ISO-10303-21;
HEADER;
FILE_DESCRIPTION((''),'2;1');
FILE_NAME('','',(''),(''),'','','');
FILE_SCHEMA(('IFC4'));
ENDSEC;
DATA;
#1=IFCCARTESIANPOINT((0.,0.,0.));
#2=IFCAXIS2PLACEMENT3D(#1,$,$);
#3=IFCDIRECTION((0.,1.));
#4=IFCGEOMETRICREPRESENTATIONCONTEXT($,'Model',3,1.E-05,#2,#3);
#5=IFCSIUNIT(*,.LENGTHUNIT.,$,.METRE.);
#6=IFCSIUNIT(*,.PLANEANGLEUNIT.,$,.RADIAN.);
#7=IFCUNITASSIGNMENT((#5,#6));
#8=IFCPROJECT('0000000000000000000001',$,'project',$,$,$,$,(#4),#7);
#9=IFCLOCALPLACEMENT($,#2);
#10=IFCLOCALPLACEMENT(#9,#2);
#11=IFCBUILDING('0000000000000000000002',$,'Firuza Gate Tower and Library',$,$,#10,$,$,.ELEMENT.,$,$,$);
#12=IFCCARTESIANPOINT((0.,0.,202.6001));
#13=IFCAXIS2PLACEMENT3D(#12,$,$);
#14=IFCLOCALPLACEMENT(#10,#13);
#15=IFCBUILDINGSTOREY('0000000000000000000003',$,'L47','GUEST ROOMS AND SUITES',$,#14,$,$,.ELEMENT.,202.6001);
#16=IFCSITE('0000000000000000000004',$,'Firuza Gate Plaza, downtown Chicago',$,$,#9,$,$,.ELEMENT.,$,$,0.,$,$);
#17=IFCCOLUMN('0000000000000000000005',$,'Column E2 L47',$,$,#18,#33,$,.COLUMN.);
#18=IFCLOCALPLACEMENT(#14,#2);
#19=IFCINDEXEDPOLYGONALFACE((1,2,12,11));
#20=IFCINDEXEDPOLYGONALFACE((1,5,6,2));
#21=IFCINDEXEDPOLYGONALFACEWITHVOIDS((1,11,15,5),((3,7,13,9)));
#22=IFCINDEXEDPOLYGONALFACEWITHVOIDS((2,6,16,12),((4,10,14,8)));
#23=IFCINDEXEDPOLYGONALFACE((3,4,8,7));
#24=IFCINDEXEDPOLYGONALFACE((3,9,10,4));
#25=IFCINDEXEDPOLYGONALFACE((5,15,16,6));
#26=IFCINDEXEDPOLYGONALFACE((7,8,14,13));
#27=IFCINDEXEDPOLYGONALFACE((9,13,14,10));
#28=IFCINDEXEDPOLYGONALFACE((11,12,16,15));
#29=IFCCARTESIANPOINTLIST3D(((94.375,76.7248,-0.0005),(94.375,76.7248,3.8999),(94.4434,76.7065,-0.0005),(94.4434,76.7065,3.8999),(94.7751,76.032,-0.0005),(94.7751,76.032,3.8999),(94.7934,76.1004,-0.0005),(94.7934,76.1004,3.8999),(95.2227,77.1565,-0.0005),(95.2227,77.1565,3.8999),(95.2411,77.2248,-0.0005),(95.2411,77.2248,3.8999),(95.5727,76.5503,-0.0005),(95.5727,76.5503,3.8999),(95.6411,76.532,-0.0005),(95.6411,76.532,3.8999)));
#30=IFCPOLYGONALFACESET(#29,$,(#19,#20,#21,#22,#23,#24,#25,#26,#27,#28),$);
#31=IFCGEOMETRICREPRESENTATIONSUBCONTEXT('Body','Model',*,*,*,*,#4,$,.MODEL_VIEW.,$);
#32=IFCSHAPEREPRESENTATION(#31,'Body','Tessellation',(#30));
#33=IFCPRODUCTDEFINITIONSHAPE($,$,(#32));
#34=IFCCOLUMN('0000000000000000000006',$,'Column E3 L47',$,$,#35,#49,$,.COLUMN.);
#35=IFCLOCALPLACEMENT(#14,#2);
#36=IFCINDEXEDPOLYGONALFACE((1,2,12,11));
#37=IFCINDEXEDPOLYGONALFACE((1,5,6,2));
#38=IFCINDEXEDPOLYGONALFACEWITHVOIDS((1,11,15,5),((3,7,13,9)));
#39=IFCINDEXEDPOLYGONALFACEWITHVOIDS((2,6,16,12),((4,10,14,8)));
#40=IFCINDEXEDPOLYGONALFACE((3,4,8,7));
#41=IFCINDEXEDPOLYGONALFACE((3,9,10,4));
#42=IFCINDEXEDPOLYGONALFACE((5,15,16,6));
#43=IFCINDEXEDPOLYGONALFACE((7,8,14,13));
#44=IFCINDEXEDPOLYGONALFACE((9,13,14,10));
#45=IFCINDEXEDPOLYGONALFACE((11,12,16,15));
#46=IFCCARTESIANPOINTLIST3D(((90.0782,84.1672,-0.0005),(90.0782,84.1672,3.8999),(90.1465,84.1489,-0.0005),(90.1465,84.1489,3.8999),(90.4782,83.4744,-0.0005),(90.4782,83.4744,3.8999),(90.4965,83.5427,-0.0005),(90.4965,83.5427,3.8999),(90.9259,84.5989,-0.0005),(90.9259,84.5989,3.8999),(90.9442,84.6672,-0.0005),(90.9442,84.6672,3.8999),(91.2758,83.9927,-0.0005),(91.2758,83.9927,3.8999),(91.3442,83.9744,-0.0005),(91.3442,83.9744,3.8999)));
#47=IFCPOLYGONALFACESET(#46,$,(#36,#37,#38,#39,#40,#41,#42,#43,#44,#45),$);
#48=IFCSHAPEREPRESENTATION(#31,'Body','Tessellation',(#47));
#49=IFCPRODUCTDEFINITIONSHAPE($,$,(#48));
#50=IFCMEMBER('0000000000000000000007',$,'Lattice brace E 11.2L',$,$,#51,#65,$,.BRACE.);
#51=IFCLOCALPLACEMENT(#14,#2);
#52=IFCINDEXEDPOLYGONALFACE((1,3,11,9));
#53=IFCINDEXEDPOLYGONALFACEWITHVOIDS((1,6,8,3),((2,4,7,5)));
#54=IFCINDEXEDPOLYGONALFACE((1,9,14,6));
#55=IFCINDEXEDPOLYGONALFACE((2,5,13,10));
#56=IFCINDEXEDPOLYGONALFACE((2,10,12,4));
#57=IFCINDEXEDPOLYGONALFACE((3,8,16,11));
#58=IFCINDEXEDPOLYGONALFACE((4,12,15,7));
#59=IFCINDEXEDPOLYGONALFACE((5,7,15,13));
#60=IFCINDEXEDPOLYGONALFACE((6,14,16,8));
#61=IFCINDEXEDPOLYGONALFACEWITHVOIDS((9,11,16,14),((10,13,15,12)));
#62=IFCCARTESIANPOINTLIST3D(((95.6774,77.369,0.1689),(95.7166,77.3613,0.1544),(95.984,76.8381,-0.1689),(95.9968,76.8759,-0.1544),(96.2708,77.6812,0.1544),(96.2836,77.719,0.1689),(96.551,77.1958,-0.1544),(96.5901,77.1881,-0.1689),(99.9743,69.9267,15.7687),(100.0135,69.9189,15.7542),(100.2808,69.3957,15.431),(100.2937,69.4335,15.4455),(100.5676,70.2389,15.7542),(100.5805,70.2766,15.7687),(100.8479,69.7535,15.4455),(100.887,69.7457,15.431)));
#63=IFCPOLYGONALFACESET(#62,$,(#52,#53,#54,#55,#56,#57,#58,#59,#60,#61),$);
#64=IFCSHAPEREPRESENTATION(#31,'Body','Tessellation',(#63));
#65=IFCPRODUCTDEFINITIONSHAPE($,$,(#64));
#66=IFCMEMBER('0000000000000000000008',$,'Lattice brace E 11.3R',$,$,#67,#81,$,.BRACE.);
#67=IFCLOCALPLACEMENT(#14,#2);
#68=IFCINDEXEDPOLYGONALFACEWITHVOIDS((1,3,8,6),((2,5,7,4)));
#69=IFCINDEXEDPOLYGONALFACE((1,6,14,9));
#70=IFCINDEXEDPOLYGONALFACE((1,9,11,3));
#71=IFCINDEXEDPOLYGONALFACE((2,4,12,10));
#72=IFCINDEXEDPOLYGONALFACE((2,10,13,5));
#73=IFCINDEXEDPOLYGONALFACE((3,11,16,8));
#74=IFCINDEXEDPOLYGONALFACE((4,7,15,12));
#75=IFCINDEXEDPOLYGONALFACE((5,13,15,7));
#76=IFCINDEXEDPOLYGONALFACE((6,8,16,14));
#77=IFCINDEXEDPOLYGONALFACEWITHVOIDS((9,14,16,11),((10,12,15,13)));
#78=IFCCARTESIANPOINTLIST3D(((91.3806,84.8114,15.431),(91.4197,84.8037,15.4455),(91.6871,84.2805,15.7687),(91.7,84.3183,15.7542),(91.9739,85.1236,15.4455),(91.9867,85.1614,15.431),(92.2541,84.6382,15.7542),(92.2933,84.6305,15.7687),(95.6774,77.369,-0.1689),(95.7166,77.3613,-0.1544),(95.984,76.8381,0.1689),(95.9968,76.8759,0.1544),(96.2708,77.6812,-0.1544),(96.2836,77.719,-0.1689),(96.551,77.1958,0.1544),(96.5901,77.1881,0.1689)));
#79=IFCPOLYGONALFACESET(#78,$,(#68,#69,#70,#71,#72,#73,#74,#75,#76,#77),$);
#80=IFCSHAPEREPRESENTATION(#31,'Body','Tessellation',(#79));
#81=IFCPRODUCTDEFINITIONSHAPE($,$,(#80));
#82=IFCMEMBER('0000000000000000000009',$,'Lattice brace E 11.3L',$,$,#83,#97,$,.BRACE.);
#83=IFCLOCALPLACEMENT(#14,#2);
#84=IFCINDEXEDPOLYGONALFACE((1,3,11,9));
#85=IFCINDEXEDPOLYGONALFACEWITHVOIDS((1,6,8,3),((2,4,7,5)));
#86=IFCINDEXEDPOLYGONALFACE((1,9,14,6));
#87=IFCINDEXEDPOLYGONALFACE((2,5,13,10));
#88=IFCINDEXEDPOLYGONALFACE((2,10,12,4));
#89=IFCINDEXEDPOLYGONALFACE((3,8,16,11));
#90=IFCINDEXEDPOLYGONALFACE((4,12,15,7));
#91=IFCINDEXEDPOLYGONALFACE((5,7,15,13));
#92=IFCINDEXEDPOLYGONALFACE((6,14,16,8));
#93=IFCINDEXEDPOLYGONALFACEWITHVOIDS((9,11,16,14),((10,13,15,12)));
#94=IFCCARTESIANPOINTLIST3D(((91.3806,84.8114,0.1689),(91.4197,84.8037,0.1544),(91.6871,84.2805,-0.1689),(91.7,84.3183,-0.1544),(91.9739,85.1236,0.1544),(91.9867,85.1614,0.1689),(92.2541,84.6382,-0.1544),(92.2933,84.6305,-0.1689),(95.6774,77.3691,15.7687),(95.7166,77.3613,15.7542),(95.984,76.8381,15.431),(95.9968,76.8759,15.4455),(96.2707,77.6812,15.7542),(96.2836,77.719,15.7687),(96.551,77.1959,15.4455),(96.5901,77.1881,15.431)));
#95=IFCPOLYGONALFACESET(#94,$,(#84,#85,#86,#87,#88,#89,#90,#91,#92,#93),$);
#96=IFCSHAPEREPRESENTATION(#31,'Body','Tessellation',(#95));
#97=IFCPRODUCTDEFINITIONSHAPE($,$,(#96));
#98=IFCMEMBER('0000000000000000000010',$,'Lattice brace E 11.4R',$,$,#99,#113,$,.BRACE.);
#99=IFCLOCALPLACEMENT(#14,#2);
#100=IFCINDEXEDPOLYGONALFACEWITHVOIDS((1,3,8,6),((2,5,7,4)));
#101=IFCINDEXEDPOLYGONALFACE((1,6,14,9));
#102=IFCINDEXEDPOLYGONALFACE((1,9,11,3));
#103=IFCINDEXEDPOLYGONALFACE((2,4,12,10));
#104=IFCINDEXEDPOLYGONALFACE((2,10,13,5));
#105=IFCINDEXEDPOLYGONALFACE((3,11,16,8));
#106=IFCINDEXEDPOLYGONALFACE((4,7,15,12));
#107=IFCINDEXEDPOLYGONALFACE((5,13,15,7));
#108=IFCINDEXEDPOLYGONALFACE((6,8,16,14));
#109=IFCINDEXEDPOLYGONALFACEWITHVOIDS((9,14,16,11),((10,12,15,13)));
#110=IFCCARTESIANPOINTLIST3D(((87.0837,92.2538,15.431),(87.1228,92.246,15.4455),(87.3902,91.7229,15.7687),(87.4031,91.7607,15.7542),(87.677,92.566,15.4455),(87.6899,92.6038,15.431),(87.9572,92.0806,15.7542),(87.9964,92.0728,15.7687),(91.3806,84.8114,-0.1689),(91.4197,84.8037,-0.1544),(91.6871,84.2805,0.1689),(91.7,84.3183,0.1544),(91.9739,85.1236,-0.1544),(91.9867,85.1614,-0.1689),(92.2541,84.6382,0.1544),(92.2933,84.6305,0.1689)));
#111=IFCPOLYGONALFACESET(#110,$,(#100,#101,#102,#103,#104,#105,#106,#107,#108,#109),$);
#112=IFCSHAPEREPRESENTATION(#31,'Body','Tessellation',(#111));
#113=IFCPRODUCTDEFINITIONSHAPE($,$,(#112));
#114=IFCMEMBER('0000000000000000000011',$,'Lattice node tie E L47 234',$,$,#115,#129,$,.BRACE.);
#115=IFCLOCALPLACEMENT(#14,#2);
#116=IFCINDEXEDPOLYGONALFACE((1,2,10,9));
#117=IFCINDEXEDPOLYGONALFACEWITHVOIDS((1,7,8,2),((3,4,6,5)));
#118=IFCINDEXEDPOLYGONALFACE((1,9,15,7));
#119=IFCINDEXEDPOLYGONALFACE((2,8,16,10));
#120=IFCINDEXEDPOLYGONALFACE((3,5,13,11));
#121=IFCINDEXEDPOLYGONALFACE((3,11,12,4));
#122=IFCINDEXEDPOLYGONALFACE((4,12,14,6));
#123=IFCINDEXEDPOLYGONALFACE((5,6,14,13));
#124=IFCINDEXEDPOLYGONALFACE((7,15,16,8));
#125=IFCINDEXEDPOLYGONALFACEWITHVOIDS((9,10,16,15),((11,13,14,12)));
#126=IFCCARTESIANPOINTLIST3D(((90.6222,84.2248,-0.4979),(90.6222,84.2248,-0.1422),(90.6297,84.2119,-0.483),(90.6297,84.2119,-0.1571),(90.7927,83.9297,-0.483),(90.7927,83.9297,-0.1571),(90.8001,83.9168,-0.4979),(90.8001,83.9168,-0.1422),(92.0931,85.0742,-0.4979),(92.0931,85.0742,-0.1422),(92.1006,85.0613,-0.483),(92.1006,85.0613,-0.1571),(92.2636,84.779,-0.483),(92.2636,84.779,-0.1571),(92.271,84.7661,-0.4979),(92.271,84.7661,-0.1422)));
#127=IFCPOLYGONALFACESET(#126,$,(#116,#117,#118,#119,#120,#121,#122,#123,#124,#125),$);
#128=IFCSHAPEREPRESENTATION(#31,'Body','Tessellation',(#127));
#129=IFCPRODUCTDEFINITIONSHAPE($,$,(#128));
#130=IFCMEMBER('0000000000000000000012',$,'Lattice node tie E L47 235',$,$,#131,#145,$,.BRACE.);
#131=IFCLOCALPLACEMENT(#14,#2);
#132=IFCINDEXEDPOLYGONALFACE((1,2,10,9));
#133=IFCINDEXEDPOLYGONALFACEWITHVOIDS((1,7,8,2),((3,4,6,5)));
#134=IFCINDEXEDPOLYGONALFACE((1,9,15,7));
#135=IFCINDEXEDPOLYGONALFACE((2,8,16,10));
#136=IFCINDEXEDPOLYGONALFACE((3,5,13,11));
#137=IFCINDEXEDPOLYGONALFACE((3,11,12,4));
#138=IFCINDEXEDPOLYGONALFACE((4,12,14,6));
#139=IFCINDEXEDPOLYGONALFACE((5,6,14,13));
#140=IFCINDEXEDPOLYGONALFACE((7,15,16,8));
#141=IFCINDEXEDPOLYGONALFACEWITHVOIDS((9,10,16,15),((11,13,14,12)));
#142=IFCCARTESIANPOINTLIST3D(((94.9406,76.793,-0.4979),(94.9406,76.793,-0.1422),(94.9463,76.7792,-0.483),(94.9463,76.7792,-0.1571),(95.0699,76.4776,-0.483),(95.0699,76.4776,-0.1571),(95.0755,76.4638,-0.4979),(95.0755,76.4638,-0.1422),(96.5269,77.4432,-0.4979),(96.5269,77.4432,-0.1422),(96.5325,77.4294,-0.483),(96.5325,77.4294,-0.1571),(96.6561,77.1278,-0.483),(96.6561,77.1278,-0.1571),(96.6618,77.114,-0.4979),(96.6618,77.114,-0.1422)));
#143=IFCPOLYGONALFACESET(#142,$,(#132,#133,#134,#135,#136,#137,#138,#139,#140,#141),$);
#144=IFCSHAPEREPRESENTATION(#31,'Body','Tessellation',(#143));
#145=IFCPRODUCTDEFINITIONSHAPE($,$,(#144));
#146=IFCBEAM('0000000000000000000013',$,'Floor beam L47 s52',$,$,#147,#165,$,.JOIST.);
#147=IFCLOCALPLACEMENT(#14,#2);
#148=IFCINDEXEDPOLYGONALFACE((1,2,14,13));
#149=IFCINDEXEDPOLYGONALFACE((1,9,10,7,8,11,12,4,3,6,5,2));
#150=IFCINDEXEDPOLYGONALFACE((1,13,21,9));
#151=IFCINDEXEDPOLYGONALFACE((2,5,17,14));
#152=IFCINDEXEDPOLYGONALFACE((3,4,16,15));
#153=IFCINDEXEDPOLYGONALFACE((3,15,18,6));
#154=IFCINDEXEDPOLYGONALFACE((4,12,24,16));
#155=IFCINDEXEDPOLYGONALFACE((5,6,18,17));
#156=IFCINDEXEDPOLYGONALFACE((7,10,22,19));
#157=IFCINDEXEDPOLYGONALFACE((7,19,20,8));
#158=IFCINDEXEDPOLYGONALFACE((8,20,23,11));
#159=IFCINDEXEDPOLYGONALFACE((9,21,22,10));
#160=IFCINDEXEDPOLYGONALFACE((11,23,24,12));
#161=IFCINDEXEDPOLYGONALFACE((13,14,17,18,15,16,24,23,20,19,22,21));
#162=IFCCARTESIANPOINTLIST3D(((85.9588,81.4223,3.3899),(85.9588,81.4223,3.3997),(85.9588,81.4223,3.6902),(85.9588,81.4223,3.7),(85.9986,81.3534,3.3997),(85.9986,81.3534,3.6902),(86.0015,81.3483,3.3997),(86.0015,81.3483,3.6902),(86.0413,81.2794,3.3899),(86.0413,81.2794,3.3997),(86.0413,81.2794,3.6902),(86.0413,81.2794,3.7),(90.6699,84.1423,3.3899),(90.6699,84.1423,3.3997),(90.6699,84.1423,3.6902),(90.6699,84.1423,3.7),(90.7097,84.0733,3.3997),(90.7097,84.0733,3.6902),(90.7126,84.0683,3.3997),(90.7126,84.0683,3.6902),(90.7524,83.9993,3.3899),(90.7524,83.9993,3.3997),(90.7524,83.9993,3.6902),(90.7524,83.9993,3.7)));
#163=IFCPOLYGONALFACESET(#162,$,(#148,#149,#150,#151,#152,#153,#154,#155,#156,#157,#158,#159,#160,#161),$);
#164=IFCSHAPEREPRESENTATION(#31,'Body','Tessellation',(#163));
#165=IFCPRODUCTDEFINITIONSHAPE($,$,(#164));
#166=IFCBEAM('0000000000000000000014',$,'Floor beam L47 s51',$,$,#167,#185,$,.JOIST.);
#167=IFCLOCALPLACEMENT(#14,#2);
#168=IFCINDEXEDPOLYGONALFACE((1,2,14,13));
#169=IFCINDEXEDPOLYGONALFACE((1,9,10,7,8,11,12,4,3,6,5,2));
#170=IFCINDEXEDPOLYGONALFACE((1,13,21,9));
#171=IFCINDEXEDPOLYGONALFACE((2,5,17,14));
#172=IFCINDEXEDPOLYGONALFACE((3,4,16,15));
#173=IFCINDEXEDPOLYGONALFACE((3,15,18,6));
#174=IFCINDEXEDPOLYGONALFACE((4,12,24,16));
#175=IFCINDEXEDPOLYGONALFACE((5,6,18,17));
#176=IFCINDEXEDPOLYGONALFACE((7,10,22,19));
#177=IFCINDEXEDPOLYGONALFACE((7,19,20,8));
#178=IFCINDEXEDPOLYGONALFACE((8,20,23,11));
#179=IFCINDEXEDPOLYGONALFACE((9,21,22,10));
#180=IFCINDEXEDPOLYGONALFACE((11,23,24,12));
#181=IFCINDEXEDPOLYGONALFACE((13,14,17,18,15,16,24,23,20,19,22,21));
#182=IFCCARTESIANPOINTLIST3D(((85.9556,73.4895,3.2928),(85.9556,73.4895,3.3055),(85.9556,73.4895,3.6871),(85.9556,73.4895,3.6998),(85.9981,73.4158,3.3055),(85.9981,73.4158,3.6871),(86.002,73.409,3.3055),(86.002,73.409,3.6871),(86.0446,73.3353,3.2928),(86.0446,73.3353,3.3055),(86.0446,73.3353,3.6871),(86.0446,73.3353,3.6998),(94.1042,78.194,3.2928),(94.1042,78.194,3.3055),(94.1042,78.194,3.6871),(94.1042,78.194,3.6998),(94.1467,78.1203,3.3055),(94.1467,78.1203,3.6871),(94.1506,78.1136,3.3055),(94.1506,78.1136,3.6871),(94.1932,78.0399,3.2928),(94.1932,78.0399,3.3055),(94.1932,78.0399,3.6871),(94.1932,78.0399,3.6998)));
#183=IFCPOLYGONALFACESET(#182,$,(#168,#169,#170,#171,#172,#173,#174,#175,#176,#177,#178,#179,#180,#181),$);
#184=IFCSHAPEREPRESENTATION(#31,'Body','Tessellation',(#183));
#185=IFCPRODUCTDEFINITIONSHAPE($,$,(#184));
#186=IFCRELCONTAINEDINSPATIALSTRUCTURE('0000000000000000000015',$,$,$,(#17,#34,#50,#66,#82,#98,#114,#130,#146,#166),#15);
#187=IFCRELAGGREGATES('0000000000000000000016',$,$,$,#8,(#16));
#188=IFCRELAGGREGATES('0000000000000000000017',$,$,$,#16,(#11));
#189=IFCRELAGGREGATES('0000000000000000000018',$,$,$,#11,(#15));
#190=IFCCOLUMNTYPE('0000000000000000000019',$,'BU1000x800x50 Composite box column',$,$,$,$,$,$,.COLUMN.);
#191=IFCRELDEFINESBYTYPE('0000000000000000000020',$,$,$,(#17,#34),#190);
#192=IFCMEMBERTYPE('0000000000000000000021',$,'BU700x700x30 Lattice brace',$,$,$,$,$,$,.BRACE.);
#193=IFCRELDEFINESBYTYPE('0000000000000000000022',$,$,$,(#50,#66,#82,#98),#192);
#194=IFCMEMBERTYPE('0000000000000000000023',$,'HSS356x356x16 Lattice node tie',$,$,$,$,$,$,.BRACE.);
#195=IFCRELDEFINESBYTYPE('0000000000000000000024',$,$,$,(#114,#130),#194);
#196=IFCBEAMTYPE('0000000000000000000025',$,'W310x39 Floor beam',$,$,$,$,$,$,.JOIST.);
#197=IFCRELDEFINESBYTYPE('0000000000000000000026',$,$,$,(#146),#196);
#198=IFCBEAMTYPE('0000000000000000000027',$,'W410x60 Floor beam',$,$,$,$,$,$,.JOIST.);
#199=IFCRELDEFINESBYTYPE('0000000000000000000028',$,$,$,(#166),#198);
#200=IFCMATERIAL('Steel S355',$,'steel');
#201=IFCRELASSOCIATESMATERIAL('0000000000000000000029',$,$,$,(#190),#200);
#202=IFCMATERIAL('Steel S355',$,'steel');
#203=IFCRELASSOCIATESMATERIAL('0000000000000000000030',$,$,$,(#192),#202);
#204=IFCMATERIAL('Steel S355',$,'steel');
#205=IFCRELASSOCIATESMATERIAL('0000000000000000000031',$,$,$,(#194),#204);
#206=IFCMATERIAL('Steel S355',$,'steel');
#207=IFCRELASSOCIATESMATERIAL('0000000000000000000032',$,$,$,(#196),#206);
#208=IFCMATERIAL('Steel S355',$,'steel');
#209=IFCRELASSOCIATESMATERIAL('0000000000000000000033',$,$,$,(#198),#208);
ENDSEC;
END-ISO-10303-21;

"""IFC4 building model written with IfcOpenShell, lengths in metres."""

from ifc_helpers import new_model, si_unit, direction, frame, origin, origin_2d, place, context, subcontext, project, spatial, hollow_rectangle, i_section, extrude, material, material_profile, profile_set, type_object, element, save


model = new_model("IFC4")

# Units and contexts
model_context = context("Model", 3, precision=1e-05, world=origin(), true_north=direction((0.0, 1.0)))
body_context = subcontext(model_context, "Body", "Model", "MODEL_VIEW")
ifc_project = project(units=[si_unit("LENGTHUNIT", "METRE"), si_unit("PLANEANGLEUNIT", "RADIAN")], contexts=[model_context])

# Site, building, storey
site_placement = place(None, origin())
site = spatial("IfcSite", under=ifc_project, at=site_placement, Name="Firuza Gate Plaza, downtown Chicago", CompositionType="ELEMENT", RefElevation=0.0)
building_placement = place(site_placement, origin())
building = spatial("IfcBuilding", under=site, at=building_placement, Name="Firuza Gate Tower and Library", CompositionType="ELEMENT")
storey_placement = place(building_placement, frame((0.0, 0.0, 202.6001)))
storey = spatial("IfcBuildingStorey", under=building, at=storey_placement, Name="L47", Description="GUEST ROOMS AND SUITES", CompositionType="ELEMENT", Elevation=202.6001)

# Columns
ifc_material_1 = material(Name="Steel S355", Category="steel")
ifc_material_profile_1 = material_profile(ifc_material_1, hollow_rectangle(XDim=0.8, YDim=1.0, WallThickness=0.05, at=origin_2d()))
ifc_profile_set_1 = profile_set([ifc_material_profile_1], Name="Steel S355")
column_type = type_object("IfcColumnType", Name="BU1000x800x50 Composite box column", PredefinedType="COLUMN", material=ifc_profile_set_1)
for number, where, z_axis, x_axis, name in (
    (1, (95.0081, 76.6284, -0.0005), (0.0, 0.0, 1.0), (-0.5, 0.866025, 0.0), "Column E2 L47"),
    (2, (90.7112, 84.0708, -0.0005), (0.0, 0.0, 1.0), (-0.5, 0.866025, 0.0), "Column E3 L47"),
):
    element("IfcColumn", number, at=place(storey_placement, frame(where, z_axis=z_axis, x_axis=x_axis)), inside=storey, type_object=column_type, Name=name, PredefinedType="COLUMN", context=body_context, shape_type="SweptSolid", body=[
        extrude(hollow_rectangle(XDim=0.8, YDim=1.0, WallThickness=0.05, at=origin_2d()), origin(), (0.0, 0.0, 1.0), 3.9004),
    ])

# Members
ifc_material_2 = material(Name="Steel S355", Category="steel")
ifc_material_profile_2 = material_profile(ifc_material_2, hollow_rectangle(XDim=0.7, YDim=0.7, WallThickness=0.03, at=origin_2d()))
ifc_profile_set_2 = profile_set([ifc_material_profile_2], Name="Steel S355")
member_type_1 = type_object("IfcMemberType", Name="BU700x700x30 Lattice brace", PredefinedType="BRACE", material=ifc_profile_set_2)
for number, where, z_axis, x_axis, name in (
    (3, (96.1338, 77.2786, 0.0), (0.241258, -0.417869, 0.875888), (0.866025, 0.500001, 0.0), "Lattice brace E 11.2L"),
    (4, (96.1338, 77.2786, 0.0), (-0.241258, 0.417869, 0.875888), (-0.866025, -0.500001, 0.0), "Lattice brace E 11.3R"),
    (5, (91.8369, 84.7209, 0.0), (0.241258, -0.417869, 0.875888), (0.866025, 0.500001, 0.0), "Lattice brace E 11.3L"),
    (6, (91.8369, 84.7209, 0.0), (-0.241258, 0.417869, 0.875888), (-0.866025, -0.500001, 0.0), "Lattice brace E 11.4R"),
):
    element("IfcMember", number, at=place(storey_placement, frame(where, z_axis=z_axis, x_axis=x_axis)), inside=storey, type_object=member_type_1, Name=name, PredefinedType="BRACE", context=body_context, shape_type="SweptSolid", body=[
        extrude(hollow_rectangle(XDim=0.7, YDim=0.7, WallThickness=0.03, at=origin_2d()), origin(), (0.0, 0.0, 1.0), 17.8103),
    ])
ifc_material_3 = material(Name="Steel S355", Category="steel")
ifc_material_profile_3 = material_profile(ifc_material_3, hollow_rectangle(XDim=0.3557, YDim=0.3557, WallThickness=0.0149, at=origin_2d()))
ifc_profile_set_3 = profile_set([ifc_material_profile_3], Name="Steel S355")
member_type_2 = type_object("IfcMemberType", Name="HSS356x356x16 Lattice node tie", PredefinedType="BRACE", material=ifc_profile_set_3)
member_1_placement = place(storey_placement, frame((90.7112, 84.0708, -0.3201), z_axis=(0.865996, 0.50005, 0.0), x_axis=(-0.50005, 0.865996, 0.0)))
element("IfcMember", 7, at=member_1_placement, inside=storey, type_object=member_type_2, Name="Lattice node tie E L47 234", PredefinedType="BRACE", context=body_context, shape_type="SweptSolid", body=[
    extrude(hollow_rectangle(XDim=0.3557, YDim=0.3557, WallThickness=0.0149, at=origin_2d()), origin(), (0.0, 0.0, 1.0), 1.6985),
])
member_2_placement = place(storey_placement, frame((95.0081, 76.6284, -0.3201), z_axis=(0.92529, 0.379259, 0.0), x_axis=(-0.379259, 0.92529, 0.0)))
element("IfcMember", 8, at=member_2_placement, inside=storey, type_object=member_type_2, Name="Lattice node tie E L47 235", PredefinedType="BRACE", context=body_context, shape_type="SweptSolid", body=[
    extrude(hollow_rectangle(XDim=0.3557, YDim=0.3557, WallThickness=0.0149, at=origin_2d()), origin(), (0.0, 0.0, 1.0), 1.7144),
])

# Beams
ifc_material_4 = material(Name="Steel S355", Category="steel")
ifc_material_profile_4 = material_profile(ifc_material_4, i_section(OverallWidth=0.165, OverallDepth=0.3101, WebThickness=0.0059, FlangeThickness=0.0098, at=origin_2d()))
ifc_profile_set_4 = profile_set([ifc_material_profile_4], Name="Steel S355")
beam_type_1 = type_object("IfcBeamType", Name="W310x39 Floor beam", PredefinedType="JOIST", material=ifc_profile_set_4)
beam_1_placement = place(storey_placement, frame((90.7112, 84.0708, 3.5449), z_axis=(-0.866028, -0.499996, 0.0), x_axis=(0.499996, -0.866028, 0.0)))
element("IfcBeam", 9, at=beam_1_placement, inside=storey, type_object=beam_type_1, Name="Floor beam L47 s52", PredefinedType="JOIST", context=body_context, shape_type="SweptSolid", body=[
    extrude(i_section(OverallWidth=0.165, OverallDepth=0.3101, WebThickness=0.0059, FlangeThickness=0.0098, at=origin_2d()), origin(), (0.0, 0.0, 1.0), 5.4399),
])
ifc_material_5 = material(Name="Steel S355", Category="steel")
ifc_material_profile_5 = material_profile(ifc_material_5, i_section(OverallWidth=0.178, OverallDepth=0.407, WebThickness=0.0078, FlangeThickness=0.0127, at=origin_2d()))
ifc_profile_set_5 = profile_set([ifc_material_profile_5], Name="Steel S355")
beam_type_2 = type_object("IfcBeamType", Name="W410x60 Floor beam", PredefinedType="JOIST", material=ifc_profile_set_5)
beam_2_placement = place(storey_placement, frame((94.1487, 78.1169, 3.4963), z_axis=(-0.866028, -0.499996, 0.0), x_axis=(0.499996, -0.866028, 0.0)))
element("IfcBeam", 10, at=beam_2_placement, inside=storey, type_object=beam_type_2, Name="Floor beam L47 s51", PredefinedType="JOIST", context=body_context, shape_type="SweptSolid", body=[
    extrude(i_section(OverallWidth=0.178, OverallDepth=0.407, WebThickness=0.0078, FlangeThickness=0.0127, at=origin_2d()), origin(), (0.0, 0.0, 1.0), 9.4092),
])

save(model, "model.ifc")
